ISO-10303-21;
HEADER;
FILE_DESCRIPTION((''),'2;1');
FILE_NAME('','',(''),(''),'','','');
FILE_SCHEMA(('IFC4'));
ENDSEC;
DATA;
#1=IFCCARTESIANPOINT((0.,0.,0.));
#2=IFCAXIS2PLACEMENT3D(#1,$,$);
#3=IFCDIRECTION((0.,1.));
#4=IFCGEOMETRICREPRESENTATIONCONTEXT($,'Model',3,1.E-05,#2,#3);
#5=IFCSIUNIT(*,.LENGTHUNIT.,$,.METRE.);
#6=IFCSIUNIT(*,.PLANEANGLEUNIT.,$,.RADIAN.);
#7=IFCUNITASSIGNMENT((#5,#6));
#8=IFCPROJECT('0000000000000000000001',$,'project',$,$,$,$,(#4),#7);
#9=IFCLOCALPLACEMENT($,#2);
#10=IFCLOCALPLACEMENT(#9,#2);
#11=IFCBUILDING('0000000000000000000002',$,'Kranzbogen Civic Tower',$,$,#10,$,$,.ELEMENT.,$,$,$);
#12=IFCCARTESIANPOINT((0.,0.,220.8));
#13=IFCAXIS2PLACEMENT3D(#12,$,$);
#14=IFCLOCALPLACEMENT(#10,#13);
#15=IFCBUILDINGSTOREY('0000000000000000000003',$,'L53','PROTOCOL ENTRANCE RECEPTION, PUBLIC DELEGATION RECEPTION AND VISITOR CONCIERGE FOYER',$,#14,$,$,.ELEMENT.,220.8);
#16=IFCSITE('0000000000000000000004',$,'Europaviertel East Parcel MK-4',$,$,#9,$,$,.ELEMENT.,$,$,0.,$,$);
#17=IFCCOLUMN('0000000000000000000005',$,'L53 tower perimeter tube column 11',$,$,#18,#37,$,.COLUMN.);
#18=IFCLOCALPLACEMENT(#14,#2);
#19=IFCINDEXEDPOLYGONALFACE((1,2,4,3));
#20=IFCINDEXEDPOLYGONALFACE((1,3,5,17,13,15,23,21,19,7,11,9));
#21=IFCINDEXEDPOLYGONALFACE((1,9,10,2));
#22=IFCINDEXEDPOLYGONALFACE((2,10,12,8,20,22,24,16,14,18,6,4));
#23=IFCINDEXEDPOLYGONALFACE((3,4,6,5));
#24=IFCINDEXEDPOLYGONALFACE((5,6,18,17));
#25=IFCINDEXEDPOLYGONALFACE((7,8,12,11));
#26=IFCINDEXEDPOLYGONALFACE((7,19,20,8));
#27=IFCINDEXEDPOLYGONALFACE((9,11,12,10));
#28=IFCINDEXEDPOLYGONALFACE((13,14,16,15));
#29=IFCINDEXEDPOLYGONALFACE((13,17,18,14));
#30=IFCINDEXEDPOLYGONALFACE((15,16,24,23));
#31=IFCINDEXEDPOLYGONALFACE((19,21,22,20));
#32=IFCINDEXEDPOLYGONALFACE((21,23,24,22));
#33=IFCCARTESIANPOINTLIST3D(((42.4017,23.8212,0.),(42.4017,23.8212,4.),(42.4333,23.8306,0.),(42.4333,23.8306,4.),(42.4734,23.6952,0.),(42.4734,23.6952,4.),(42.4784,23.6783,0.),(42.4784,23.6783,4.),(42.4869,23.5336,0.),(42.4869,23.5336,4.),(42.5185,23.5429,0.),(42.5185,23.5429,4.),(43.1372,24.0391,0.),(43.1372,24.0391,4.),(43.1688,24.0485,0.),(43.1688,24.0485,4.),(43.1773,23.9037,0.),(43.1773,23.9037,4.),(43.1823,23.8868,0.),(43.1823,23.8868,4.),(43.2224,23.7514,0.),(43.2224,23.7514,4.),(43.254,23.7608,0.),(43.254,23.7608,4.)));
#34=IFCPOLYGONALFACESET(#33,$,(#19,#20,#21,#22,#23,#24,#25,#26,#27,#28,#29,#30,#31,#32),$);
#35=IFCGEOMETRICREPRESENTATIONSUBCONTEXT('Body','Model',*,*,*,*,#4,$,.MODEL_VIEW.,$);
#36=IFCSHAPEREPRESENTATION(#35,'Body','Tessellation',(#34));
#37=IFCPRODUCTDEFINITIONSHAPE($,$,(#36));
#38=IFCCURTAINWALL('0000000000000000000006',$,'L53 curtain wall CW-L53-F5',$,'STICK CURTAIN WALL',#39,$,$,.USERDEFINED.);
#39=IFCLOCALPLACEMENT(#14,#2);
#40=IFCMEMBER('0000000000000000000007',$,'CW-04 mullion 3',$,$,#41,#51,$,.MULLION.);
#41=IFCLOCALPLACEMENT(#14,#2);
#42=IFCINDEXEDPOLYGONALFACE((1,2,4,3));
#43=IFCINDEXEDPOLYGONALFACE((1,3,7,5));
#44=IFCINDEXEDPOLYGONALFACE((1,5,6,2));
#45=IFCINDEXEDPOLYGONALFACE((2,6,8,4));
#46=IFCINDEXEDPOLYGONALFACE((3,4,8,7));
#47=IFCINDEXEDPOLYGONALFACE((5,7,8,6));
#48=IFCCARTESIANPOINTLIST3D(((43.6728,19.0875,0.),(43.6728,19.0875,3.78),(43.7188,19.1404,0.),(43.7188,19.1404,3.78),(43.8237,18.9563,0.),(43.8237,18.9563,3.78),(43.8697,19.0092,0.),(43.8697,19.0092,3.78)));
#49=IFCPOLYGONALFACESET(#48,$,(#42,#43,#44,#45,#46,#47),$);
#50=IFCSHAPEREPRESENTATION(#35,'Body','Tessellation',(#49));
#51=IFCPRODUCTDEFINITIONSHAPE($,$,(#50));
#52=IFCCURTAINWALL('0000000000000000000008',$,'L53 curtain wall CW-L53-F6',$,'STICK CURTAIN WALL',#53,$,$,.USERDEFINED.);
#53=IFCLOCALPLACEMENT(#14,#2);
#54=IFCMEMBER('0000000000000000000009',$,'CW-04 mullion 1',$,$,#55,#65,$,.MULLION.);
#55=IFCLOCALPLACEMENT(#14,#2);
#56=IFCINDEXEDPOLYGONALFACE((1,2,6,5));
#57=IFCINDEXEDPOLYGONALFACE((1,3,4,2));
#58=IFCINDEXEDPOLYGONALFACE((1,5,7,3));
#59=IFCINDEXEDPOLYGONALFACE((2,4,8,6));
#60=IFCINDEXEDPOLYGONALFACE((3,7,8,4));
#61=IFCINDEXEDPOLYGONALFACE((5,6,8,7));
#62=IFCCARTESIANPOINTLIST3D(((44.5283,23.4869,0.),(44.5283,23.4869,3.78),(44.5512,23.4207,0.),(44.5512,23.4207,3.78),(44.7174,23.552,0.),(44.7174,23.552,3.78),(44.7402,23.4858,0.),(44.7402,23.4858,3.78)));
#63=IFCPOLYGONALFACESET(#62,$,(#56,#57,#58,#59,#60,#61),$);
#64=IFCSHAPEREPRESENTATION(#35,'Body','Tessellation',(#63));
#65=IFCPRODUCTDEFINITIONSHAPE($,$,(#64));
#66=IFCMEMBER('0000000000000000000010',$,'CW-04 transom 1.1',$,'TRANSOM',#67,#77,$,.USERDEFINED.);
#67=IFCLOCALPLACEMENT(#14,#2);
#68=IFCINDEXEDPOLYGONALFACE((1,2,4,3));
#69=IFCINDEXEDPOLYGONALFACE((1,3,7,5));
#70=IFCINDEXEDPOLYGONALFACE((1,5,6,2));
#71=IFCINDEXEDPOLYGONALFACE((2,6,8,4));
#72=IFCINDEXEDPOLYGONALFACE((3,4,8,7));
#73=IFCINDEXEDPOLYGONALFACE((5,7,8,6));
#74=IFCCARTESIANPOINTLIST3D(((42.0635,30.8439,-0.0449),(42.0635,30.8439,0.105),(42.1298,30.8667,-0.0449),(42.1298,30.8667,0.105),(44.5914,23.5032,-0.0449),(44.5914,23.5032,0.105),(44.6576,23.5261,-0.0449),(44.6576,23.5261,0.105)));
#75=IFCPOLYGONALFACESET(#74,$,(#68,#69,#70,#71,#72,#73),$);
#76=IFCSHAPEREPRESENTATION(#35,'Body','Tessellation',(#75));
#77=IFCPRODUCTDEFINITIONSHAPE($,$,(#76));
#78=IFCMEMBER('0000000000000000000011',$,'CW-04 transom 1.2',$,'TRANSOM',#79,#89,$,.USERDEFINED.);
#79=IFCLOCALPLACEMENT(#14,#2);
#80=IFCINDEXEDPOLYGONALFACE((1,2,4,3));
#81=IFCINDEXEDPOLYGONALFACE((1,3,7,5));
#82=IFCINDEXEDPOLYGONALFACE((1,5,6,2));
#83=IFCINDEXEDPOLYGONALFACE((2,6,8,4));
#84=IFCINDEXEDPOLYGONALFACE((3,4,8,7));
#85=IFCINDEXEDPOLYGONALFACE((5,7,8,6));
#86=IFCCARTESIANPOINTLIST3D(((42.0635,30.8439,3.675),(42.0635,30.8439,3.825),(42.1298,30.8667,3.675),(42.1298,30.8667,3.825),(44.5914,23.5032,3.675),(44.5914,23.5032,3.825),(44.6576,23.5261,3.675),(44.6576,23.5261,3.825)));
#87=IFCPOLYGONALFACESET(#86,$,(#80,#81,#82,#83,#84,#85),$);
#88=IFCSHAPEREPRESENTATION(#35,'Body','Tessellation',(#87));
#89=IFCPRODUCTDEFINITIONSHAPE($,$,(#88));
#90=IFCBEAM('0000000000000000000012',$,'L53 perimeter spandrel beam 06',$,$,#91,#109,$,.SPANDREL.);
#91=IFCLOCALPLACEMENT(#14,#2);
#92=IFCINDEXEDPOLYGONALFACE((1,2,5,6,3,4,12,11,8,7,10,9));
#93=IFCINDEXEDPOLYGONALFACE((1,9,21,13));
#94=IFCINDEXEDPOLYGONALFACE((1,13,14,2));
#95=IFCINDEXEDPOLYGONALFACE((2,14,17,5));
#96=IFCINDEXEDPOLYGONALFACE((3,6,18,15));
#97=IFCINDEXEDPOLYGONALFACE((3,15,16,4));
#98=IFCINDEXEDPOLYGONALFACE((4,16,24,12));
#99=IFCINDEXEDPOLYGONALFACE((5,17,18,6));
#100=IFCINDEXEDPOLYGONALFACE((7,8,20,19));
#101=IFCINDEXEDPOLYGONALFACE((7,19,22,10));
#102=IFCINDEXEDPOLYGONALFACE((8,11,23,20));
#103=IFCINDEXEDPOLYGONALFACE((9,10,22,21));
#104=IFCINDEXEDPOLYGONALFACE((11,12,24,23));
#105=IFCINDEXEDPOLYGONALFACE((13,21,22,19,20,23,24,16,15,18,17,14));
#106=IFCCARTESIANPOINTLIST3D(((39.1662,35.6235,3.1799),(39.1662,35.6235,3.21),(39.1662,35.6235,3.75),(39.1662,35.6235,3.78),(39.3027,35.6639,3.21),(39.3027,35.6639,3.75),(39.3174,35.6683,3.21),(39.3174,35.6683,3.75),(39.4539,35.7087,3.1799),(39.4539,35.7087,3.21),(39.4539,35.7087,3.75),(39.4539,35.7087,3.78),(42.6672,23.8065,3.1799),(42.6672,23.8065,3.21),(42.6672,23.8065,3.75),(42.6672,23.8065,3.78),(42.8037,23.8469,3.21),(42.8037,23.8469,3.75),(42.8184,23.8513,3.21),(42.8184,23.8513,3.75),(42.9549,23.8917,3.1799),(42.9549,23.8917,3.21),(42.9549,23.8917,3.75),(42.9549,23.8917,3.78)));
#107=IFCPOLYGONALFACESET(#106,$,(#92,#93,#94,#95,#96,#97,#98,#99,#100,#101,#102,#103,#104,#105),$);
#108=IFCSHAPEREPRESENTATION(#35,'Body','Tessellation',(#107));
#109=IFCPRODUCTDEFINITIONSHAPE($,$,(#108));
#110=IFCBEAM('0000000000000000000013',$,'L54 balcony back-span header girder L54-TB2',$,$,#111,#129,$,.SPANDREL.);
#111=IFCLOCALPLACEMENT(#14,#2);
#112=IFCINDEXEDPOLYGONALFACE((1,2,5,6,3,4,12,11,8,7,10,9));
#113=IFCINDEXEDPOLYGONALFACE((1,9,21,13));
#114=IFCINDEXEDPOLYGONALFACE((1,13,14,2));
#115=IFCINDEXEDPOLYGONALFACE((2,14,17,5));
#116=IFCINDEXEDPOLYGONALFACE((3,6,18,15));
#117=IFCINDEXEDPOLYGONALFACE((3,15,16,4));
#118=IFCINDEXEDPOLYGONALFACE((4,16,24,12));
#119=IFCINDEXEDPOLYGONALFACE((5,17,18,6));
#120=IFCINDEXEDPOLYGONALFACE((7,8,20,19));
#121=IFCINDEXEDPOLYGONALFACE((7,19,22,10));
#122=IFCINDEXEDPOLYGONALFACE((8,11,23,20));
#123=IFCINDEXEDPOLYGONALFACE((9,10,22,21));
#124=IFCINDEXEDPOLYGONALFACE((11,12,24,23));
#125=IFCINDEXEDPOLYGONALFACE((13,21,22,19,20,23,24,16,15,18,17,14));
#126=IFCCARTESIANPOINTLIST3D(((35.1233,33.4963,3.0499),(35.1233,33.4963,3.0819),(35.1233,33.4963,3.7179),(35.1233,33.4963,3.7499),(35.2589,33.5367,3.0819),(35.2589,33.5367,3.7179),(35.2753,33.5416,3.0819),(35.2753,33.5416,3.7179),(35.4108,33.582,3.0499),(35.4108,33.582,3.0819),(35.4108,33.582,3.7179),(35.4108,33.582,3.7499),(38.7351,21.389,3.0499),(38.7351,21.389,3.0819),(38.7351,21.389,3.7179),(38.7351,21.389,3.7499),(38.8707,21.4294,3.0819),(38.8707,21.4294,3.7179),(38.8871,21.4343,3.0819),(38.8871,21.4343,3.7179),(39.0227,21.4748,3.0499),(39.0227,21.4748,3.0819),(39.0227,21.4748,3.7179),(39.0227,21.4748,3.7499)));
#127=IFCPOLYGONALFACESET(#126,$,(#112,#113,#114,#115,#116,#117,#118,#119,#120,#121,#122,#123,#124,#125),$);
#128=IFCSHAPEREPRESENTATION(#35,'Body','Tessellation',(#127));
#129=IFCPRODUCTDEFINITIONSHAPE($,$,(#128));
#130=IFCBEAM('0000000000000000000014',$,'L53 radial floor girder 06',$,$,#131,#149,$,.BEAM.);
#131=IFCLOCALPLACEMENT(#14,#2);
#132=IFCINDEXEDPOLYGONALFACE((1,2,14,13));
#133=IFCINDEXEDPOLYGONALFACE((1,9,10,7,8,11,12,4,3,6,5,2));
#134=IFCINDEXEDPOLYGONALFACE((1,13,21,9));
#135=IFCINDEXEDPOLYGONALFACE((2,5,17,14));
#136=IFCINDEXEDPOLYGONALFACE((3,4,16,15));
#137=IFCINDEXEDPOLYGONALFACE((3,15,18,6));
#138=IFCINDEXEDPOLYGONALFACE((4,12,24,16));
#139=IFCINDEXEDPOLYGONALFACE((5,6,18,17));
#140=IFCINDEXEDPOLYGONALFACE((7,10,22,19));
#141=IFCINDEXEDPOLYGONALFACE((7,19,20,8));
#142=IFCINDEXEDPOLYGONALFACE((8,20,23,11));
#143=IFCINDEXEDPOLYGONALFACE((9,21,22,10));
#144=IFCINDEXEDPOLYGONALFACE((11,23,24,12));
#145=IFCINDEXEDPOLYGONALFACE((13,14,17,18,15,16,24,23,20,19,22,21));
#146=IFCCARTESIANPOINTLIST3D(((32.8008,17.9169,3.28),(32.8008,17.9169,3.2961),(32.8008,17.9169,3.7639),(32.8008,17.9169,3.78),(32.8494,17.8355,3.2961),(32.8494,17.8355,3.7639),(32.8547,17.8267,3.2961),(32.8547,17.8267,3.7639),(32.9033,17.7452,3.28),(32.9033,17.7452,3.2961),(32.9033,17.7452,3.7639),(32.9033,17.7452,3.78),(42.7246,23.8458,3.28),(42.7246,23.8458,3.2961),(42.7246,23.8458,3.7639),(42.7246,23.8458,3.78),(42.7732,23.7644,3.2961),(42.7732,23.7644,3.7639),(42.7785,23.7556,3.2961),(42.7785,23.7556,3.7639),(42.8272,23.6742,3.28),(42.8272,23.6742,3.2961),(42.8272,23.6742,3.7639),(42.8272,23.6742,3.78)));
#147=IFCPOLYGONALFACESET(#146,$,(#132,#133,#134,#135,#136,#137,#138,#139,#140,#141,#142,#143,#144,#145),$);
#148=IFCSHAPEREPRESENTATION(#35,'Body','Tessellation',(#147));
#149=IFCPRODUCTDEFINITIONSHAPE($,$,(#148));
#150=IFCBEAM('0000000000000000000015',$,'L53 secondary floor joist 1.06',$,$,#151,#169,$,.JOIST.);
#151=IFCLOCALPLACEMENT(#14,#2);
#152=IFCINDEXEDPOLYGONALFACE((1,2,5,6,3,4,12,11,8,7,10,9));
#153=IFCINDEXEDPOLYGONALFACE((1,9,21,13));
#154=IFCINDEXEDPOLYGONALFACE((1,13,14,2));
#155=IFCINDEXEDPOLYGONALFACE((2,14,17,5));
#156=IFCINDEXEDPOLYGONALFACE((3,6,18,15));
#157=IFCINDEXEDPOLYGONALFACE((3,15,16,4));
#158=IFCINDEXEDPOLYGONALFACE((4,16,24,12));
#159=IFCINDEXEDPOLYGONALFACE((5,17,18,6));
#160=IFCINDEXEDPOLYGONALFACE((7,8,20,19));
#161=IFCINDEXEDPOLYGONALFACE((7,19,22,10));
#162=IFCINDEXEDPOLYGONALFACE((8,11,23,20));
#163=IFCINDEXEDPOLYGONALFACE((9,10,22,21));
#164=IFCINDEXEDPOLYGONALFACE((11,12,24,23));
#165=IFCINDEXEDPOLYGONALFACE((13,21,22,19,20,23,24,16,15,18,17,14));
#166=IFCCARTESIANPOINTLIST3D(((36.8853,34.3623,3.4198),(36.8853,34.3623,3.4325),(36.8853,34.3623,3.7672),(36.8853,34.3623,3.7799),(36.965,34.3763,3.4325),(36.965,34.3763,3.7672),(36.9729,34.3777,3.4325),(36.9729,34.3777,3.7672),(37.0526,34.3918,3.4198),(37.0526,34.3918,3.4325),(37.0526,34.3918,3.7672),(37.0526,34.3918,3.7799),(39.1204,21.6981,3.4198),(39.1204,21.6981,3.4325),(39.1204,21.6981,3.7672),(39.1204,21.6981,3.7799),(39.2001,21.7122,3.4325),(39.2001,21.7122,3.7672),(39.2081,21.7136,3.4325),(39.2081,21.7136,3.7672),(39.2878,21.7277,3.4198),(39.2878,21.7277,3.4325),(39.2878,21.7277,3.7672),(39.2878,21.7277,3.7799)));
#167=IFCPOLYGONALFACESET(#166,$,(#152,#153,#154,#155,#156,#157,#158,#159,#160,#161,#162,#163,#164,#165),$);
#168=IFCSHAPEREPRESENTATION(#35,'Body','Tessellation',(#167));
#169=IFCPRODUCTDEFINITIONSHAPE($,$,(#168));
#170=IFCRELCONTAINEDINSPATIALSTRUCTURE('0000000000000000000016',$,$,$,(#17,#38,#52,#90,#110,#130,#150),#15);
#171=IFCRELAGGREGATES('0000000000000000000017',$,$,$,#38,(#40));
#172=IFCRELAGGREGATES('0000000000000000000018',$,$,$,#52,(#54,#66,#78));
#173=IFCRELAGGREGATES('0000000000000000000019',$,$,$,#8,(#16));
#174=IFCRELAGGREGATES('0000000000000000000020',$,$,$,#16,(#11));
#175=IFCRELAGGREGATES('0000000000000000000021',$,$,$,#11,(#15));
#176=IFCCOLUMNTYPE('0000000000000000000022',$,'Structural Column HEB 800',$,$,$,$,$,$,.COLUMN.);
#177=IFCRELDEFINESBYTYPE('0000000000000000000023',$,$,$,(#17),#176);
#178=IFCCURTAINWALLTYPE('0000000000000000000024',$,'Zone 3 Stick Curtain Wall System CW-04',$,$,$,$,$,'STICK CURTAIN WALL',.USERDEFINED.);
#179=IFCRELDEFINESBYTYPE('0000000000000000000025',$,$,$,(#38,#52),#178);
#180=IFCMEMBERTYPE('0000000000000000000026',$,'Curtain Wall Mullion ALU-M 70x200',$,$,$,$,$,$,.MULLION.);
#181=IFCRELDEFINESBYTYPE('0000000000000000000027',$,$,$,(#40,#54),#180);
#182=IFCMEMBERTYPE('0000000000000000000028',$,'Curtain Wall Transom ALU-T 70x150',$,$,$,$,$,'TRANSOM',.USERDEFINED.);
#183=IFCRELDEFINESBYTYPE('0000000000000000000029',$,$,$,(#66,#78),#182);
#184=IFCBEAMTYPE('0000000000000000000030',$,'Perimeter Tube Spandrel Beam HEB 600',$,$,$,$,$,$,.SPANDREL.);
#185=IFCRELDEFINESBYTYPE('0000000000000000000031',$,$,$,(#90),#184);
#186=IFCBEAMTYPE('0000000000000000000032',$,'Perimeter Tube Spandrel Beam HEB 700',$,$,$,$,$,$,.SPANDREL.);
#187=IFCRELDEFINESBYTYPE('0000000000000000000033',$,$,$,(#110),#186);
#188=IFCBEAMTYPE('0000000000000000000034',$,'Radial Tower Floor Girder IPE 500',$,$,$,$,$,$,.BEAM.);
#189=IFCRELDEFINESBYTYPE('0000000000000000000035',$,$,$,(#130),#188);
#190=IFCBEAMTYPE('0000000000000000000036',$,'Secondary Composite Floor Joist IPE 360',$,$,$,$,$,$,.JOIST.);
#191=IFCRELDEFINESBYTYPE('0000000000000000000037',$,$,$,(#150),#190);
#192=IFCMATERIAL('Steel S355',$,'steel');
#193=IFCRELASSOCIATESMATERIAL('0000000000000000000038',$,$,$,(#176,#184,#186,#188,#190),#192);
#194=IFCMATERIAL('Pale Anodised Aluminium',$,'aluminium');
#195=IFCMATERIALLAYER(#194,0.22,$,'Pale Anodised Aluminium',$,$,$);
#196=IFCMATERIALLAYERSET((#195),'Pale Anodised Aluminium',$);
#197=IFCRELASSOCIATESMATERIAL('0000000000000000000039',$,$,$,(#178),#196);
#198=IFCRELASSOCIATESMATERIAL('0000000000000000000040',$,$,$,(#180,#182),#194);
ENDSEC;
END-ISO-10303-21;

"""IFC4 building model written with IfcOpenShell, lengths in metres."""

from ifc_helpers import new_model, si_unit, direction, frame, origin, origin_2d, place, context, subcontext, project, spatial, rectangle, i_section, extrude, material, layer, layer_set, material_profile, profile_set, type_object, element, aggregate, save


model = new_model("IFC4")

# Units and contexts
model_context = context("Model", 3, precision=1e-05, world=origin(), true_north=direction((0.0, 1.0)))
body_context = subcontext(model_context, "Body", "Model", "MODEL_VIEW")
ifc_project = project(units=[si_unit("LENGTHUNIT", "METRE"), si_unit("PLANEANGLEUNIT", "RADIAN")], contexts=[model_context])

# Site, building, storey
site_placement = place(None, origin())
site = spatial("IfcSite", under=ifc_project, at=site_placement, Name="Europaviertel East Parcel MK-4", CompositionType="ELEMENT", RefElevation=0.0)
building_placement = place(site_placement, origin())
building = spatial("IfcBuilding", under=site, at=building_placement, Name="Kranzbogen Civic Tower", CompositionType="ELEMENT")
storey_placement = place(building_placement, frame((0.0, 0.0, 220.8)))
storey = spatial("IfcBuildingStorey", under=building, at=storey_placement, Name="L53", Description="PROTOCOL ENTRANCE RECEPTION, PUBLIC DELEGATION RECEPTION AND VISITOR CONCIERGE FOYER", CompositionType="ELEMENT", Elevation=220.8)

# Column
ifc_material_1 = material(Name="Steel S355", Category="steel")
ifc_material_profile_1 = material_profile(ifc_material_1, i_section(OverallWidth=0.3, OverallDepth=0.8, WebThickness=0.0176, FlangeThickness=0.033, at=origin_2d()), Name="HEB 800")
ifc_profile_set_1 = profile_set([ifc_material_profile_1], Name="Steel S355")
column_type = type_object("IfcColumnType", Name="Structural Column HEB 800", PredefinedType="COLUMN", material=ifc_profile_set_1)
column_placement = place(storey_placement, frame((42.8279, 23.791, 0.0), z_axis=(0.0, 0.0, 1.0), x_axis=(-0.284015, 0.95882, 0.0)))
element("IfcColumn", 1, at=column_placement, inside=storey, type_object=column_type, Name="L53 tower perimeter tube column 11", PredefinedType="COLUMN", context=body_context, shape_type="SweptSolid", body=[
    extrude(i_section(OverallWidth=0.3, OverallDepth=0.8, WebThickness=0.0176, FlangeThickness=0.033, at=origin_2d()), origin(), (0.0, 0.0, 1.0), 4.0),
])

# Curtain wall, member
ifc_material_2 = material(Name="Pale Anodised Aluminium", Category="aluminium")
ifc_layer_1 = layer(ifc_material_2, 0.22, Name="Pale Anodised Aluminium")
ifc_layer_set_1 = layer_set([ifc_layer_1], Name="Pale Anodised Aluminium")
curtain_wall_type = type_object("IfcCurtainWallType", Name="Zone 3 Stick Curtain Wall System CW-04", ElementType="STICK CURTAIN WALL", PredefinedType="USERDEFINED", material=ifc_layer_set_1)
curtain_wall_1_placement = place(storey_placement, origin())
curtain_wall_1 = element("IfcCurtainWall", 2, at=curtain_wall_1_placement, inside=storey, type_object=curtain_wall_type, Name="L53 curtain wall CW-L53-F5", ObjectType="STICK CURTAIN WALL", PredefinedType="USERDEFINED")
ifc_material_profile_2 = material_profile(ifc_material_2, rectangle(XDim=0.0701, YDim=0.2, at=origin_2d()), Name="ALU-M 70x200")
ifc_profile_set_2 = profile_set([ifc_material_profile_2], Name="Pale Anodised Aluminium")
member_type_1 = type_object("IfcMemberType", Name="Curtain Wall Mullion ALU-M 70x200", PredefinedType="MULLION", material=ifc_profile_set_2)
member_1_placement = place(storey_placement, frame((43.7712, 19.0483, 0.0), z_axis=(0.0, 0.0, 1.0), x_axis=(0.656045, 0.754722, 0.0)))
member_1 = element("IfcMember", 3, at=member_1_placement, type_object=member_type_1, Name="CW-04 mullion 3", PredefinedType="MULLION", context=body_context, shape_type="SweptSolid", body=[
    extrude(rectangle(XDim=0.0701, YDim=0.2, at=origin_2d()), origin(), (0.0, 0.0, 1.0), 3.78),
])
aggregate(curtain_wall_1, [member_1])

# Curtain wall, members
curtain_wall_2_placement = place(storey_placement, origin())
curtain_wall_2 = element("IfcCurtainWall", 4, at=curtain_wall_2_placement, inside=storey, type_object=curtain_wall_type, Name="L53 curtain wall CW-L53-F6", ObjectType="STICK CURTAIN WALL", PredefinedType="USERDEFINED")
member_2_placement = place(storey_placement, frame((44.6343, 23.4863, 0.0), z_axis=(0.0, 0.0, 1.0), x_axis=(-0.32559, 0.945511, 0.0)))
member_2 = element("IfcMember", 5, at=member_2_placement, type_object=member_type_1, Name="CW-04 mullion 1", PredefinedType="MULLION", context=body_context, shape_type="SweptSolid", body=[
    extrude(rectangle(XDim=0.0701, YDim=0.2, at=origin_2d()), origin(), (0.0, 0.0, 1.0), 3.78),
])
ifc_material_profile_3 = material_profile(ifc_material_2, rectangle(XDim=0.0701, YDim=0.1499, at=origin_2d()), Name="ALU-T 70x150")
ifc_profile_set_3 = profile_set([ifc_material_profile_3], Name="Pale Anodised Aluminium")
member_type_2 = type_object("IfcMemberType", Name="Curtain Wall Transom ALU-T 70x150", ElementType="TRANSOM", PredefinedType="USERDEFINED", material=ifc_profile_set_3)
member_3_placement = place(storey_placement, frame((44.6245, 23.5146, 0.03), z_axis=(-0.325599, 0.945508, 0.0), x_axis=(-0.945508, -0.325599, 0.0)))
member_3 = element("IfcMember", 6, at=member_3_placement, type_object=member_type_2, Name="CW-04 transom 1.1", ObjectType="TRANSOM", PredefinedType="USERDEFINED", context=body_context, shape_type="SweptSolid", body=[
    extrude(rectangle(XDim=0.0701, YDim=0.1499, at=origin_2d()), origin(), (0.0, 0.0, 1.0), 7.7637),
])
member_4_placement = place(storey_placement, frame((44.6245, 23.5146, 3.75), z_axis=(-0.325599, 0.945508, 0.0), x_axis=(-0.945508, -0.325599, 0.0)))
member_4 = element("IfcMember", 7, at=member_4_placement, type_object=member_type_2, Name="CW-04 transom 1.2", ObjectType="TRANSOM", PredefinedType="USERDEFINED", context=body_context, shape_type="SweptSolid", body=[
    extrude(rectangle(XDim=0.0701, YDim=0.1499, at=origin_2d()), origin(), (0.0, 0.0, 1.0), 7.7637),
])
aggregate(curtain_wall_2, [member_2, member_3, member_4])

# Beams
ifc_material_profile_4 = material_profile(ifc_material_1, i_section(OverallWidth=0.3, OverallDepth=0.6001, WebThickness=0.0154, FlangeThickness=0.03, at=origin_2d()), Name="HEB 600")
ifc_profile_set_4 = profile_set([ifc_material_profile_4], Name="Steel S355")
beam_type_1 = type_object("IfcBeamType", Name="Perimeter Tube Spandrel Beam HEB 600", PredefinedType="SPANDREL", material=ifc_profile_set_4)
beam_1_placement = place(storey_placement, frame((42.811, 23.8491, 3.48), z_axis=(-0.284064, 0.958805, 0.0), x_axis=(-0.958805, -0.284064, 0.0)))
element("IfcBeam", 8, at=beam_1_placement, inside=storey, type_object=beam_type_1, Name="L53 perimeter spandrel beam 06", PredefinedType="SPANDREL", context=body_context, shape_type="SweptSolid", body=[
    extrude(i_section(OverallWidth=0.3, OverallDepth=0.6001, WebThickness=0.0154, FlangeThickness=0.03, at=origin_2d()), origin(), (0.0, 0.0, 1.0), 12.3247),
])
ifc_material_profile_5 = material_profile(ifc_material_1, i_section(OverallWidth=0.3, OverallDepth=0.7, WebThickness=0.0171, FlangeThickness=0.032, at=origin_2d()), Name="HEB 700")
ifc_profile_set_5 = profile_set([ifc_material_profile_5], Name="Steel S355")
beam_type_2 = type_object("IfcBeamType", Name="Perimeter Tube Spandrel Beam HEB 700", PredefinedType="SPANDREL", material=ifc_profile_set_5)
beam_2_placement = place(storey_placement, frame((38.8789, 21.4319, 3.3999), z_axis=(-0.285871, 0.958268, 0.0), x_axis=(-0.958268, -0.285871, 0.0)))
element("IfcBeam", 9, at=beam_2_placement, inside=storey, type_object=beam_type_2, Name="L54 balcony back-span header girder L54-TB2", PredefinedType="SPANDREL", context=body_context, shape_type="SweptSolid", body=[
    extrude(i_section(OverallWidth=0.3, OverallDepth=0.7, WebThickness=0.0171, FlangeThickness=0.032, at=origin_2d()), origin(), (0.0, 0.0, 1.0), 12.6345),
])
ifc_material_profile_6 = material_profile(ifc_material_1, i_section(OverallWidth=0.2, OverallDepth=0.5, WebThickness=0.0103, FlangeThickness=0.0161, at=origin_2d()), Name="IPE 500")
ifc_profile_set_6 = profile_set([ifc_material_profile_6], Name="Steel S355")
beam_type_3 = type_object("IfcBeamType", Name="Radial Tower Floor Girder IPE 500", PredefinedType="BEAM", material=ifc_profile_set_6)
beam_3_placement = place(storey_placement, frame((42.7759, 23.76, 3.53), z_axis=(-0.858459, -0.512883, 0.0), x_axis=(0.512883, -0.858459, 0.0)))
element("IfcBeam", 10, at=beam_3_placement, inside=storey, type_object=beam_type_3, Name="L53 radial floor girder 06", PredefinedType="BEAM", context=body_context, shape_type="SweptSolid", body=[
    extrude(i_section(OverallWidth=0.2, OverallDepth=0.5, WebThickness=0.0103, FlangeThickness=0.0161, at=origin_2d()), origin(), (0.0, 0.0, 1.0), 11.5601),
])
ifc_material_profile_7 = material_profile(ifc_material_1, i_section(OverallWidth=0.1699, OverallDepth=0.3601, WebThickness=0.0081, FlangeThickness=0.0127, at=origin_2d()), Name="IPE 360")
ifc_profile_set_7 = profile_set([ifc_material_profile_7], Name="Steel S355")
beam_type_4 = type_object("IfcBeamType", Name="Secondary Composite Floor Joist IPE 360", PredefinedType="JOIST", material=ifc_profile_set_7)
beam_4_placement = place(storey_placement, frame((39.2041, 21.7129, 3.5999), z_axis=(-0.173806, 0.98478, 0.0), x_axis=(-0.98478, -0.173806, 0.0)))
element("IfcBeam", 11, at=beam_4_placement, inside=storey, type_object=beam_type_4, Name="L53 secondary floor joist 1.06", PredefinedType="JOIST", context=body_context, shape_type="SweptSolid", body=[
    extrude(i_section(OverallWidth=0.1699, OverallDepth=0.3601, WebThickness=0.0081, FlangeThickness=0.0127, at=origin_2d()), origin(), (0.0, 0.0, 1.0), 12.8599),
])

save(model, "model.ifc")
